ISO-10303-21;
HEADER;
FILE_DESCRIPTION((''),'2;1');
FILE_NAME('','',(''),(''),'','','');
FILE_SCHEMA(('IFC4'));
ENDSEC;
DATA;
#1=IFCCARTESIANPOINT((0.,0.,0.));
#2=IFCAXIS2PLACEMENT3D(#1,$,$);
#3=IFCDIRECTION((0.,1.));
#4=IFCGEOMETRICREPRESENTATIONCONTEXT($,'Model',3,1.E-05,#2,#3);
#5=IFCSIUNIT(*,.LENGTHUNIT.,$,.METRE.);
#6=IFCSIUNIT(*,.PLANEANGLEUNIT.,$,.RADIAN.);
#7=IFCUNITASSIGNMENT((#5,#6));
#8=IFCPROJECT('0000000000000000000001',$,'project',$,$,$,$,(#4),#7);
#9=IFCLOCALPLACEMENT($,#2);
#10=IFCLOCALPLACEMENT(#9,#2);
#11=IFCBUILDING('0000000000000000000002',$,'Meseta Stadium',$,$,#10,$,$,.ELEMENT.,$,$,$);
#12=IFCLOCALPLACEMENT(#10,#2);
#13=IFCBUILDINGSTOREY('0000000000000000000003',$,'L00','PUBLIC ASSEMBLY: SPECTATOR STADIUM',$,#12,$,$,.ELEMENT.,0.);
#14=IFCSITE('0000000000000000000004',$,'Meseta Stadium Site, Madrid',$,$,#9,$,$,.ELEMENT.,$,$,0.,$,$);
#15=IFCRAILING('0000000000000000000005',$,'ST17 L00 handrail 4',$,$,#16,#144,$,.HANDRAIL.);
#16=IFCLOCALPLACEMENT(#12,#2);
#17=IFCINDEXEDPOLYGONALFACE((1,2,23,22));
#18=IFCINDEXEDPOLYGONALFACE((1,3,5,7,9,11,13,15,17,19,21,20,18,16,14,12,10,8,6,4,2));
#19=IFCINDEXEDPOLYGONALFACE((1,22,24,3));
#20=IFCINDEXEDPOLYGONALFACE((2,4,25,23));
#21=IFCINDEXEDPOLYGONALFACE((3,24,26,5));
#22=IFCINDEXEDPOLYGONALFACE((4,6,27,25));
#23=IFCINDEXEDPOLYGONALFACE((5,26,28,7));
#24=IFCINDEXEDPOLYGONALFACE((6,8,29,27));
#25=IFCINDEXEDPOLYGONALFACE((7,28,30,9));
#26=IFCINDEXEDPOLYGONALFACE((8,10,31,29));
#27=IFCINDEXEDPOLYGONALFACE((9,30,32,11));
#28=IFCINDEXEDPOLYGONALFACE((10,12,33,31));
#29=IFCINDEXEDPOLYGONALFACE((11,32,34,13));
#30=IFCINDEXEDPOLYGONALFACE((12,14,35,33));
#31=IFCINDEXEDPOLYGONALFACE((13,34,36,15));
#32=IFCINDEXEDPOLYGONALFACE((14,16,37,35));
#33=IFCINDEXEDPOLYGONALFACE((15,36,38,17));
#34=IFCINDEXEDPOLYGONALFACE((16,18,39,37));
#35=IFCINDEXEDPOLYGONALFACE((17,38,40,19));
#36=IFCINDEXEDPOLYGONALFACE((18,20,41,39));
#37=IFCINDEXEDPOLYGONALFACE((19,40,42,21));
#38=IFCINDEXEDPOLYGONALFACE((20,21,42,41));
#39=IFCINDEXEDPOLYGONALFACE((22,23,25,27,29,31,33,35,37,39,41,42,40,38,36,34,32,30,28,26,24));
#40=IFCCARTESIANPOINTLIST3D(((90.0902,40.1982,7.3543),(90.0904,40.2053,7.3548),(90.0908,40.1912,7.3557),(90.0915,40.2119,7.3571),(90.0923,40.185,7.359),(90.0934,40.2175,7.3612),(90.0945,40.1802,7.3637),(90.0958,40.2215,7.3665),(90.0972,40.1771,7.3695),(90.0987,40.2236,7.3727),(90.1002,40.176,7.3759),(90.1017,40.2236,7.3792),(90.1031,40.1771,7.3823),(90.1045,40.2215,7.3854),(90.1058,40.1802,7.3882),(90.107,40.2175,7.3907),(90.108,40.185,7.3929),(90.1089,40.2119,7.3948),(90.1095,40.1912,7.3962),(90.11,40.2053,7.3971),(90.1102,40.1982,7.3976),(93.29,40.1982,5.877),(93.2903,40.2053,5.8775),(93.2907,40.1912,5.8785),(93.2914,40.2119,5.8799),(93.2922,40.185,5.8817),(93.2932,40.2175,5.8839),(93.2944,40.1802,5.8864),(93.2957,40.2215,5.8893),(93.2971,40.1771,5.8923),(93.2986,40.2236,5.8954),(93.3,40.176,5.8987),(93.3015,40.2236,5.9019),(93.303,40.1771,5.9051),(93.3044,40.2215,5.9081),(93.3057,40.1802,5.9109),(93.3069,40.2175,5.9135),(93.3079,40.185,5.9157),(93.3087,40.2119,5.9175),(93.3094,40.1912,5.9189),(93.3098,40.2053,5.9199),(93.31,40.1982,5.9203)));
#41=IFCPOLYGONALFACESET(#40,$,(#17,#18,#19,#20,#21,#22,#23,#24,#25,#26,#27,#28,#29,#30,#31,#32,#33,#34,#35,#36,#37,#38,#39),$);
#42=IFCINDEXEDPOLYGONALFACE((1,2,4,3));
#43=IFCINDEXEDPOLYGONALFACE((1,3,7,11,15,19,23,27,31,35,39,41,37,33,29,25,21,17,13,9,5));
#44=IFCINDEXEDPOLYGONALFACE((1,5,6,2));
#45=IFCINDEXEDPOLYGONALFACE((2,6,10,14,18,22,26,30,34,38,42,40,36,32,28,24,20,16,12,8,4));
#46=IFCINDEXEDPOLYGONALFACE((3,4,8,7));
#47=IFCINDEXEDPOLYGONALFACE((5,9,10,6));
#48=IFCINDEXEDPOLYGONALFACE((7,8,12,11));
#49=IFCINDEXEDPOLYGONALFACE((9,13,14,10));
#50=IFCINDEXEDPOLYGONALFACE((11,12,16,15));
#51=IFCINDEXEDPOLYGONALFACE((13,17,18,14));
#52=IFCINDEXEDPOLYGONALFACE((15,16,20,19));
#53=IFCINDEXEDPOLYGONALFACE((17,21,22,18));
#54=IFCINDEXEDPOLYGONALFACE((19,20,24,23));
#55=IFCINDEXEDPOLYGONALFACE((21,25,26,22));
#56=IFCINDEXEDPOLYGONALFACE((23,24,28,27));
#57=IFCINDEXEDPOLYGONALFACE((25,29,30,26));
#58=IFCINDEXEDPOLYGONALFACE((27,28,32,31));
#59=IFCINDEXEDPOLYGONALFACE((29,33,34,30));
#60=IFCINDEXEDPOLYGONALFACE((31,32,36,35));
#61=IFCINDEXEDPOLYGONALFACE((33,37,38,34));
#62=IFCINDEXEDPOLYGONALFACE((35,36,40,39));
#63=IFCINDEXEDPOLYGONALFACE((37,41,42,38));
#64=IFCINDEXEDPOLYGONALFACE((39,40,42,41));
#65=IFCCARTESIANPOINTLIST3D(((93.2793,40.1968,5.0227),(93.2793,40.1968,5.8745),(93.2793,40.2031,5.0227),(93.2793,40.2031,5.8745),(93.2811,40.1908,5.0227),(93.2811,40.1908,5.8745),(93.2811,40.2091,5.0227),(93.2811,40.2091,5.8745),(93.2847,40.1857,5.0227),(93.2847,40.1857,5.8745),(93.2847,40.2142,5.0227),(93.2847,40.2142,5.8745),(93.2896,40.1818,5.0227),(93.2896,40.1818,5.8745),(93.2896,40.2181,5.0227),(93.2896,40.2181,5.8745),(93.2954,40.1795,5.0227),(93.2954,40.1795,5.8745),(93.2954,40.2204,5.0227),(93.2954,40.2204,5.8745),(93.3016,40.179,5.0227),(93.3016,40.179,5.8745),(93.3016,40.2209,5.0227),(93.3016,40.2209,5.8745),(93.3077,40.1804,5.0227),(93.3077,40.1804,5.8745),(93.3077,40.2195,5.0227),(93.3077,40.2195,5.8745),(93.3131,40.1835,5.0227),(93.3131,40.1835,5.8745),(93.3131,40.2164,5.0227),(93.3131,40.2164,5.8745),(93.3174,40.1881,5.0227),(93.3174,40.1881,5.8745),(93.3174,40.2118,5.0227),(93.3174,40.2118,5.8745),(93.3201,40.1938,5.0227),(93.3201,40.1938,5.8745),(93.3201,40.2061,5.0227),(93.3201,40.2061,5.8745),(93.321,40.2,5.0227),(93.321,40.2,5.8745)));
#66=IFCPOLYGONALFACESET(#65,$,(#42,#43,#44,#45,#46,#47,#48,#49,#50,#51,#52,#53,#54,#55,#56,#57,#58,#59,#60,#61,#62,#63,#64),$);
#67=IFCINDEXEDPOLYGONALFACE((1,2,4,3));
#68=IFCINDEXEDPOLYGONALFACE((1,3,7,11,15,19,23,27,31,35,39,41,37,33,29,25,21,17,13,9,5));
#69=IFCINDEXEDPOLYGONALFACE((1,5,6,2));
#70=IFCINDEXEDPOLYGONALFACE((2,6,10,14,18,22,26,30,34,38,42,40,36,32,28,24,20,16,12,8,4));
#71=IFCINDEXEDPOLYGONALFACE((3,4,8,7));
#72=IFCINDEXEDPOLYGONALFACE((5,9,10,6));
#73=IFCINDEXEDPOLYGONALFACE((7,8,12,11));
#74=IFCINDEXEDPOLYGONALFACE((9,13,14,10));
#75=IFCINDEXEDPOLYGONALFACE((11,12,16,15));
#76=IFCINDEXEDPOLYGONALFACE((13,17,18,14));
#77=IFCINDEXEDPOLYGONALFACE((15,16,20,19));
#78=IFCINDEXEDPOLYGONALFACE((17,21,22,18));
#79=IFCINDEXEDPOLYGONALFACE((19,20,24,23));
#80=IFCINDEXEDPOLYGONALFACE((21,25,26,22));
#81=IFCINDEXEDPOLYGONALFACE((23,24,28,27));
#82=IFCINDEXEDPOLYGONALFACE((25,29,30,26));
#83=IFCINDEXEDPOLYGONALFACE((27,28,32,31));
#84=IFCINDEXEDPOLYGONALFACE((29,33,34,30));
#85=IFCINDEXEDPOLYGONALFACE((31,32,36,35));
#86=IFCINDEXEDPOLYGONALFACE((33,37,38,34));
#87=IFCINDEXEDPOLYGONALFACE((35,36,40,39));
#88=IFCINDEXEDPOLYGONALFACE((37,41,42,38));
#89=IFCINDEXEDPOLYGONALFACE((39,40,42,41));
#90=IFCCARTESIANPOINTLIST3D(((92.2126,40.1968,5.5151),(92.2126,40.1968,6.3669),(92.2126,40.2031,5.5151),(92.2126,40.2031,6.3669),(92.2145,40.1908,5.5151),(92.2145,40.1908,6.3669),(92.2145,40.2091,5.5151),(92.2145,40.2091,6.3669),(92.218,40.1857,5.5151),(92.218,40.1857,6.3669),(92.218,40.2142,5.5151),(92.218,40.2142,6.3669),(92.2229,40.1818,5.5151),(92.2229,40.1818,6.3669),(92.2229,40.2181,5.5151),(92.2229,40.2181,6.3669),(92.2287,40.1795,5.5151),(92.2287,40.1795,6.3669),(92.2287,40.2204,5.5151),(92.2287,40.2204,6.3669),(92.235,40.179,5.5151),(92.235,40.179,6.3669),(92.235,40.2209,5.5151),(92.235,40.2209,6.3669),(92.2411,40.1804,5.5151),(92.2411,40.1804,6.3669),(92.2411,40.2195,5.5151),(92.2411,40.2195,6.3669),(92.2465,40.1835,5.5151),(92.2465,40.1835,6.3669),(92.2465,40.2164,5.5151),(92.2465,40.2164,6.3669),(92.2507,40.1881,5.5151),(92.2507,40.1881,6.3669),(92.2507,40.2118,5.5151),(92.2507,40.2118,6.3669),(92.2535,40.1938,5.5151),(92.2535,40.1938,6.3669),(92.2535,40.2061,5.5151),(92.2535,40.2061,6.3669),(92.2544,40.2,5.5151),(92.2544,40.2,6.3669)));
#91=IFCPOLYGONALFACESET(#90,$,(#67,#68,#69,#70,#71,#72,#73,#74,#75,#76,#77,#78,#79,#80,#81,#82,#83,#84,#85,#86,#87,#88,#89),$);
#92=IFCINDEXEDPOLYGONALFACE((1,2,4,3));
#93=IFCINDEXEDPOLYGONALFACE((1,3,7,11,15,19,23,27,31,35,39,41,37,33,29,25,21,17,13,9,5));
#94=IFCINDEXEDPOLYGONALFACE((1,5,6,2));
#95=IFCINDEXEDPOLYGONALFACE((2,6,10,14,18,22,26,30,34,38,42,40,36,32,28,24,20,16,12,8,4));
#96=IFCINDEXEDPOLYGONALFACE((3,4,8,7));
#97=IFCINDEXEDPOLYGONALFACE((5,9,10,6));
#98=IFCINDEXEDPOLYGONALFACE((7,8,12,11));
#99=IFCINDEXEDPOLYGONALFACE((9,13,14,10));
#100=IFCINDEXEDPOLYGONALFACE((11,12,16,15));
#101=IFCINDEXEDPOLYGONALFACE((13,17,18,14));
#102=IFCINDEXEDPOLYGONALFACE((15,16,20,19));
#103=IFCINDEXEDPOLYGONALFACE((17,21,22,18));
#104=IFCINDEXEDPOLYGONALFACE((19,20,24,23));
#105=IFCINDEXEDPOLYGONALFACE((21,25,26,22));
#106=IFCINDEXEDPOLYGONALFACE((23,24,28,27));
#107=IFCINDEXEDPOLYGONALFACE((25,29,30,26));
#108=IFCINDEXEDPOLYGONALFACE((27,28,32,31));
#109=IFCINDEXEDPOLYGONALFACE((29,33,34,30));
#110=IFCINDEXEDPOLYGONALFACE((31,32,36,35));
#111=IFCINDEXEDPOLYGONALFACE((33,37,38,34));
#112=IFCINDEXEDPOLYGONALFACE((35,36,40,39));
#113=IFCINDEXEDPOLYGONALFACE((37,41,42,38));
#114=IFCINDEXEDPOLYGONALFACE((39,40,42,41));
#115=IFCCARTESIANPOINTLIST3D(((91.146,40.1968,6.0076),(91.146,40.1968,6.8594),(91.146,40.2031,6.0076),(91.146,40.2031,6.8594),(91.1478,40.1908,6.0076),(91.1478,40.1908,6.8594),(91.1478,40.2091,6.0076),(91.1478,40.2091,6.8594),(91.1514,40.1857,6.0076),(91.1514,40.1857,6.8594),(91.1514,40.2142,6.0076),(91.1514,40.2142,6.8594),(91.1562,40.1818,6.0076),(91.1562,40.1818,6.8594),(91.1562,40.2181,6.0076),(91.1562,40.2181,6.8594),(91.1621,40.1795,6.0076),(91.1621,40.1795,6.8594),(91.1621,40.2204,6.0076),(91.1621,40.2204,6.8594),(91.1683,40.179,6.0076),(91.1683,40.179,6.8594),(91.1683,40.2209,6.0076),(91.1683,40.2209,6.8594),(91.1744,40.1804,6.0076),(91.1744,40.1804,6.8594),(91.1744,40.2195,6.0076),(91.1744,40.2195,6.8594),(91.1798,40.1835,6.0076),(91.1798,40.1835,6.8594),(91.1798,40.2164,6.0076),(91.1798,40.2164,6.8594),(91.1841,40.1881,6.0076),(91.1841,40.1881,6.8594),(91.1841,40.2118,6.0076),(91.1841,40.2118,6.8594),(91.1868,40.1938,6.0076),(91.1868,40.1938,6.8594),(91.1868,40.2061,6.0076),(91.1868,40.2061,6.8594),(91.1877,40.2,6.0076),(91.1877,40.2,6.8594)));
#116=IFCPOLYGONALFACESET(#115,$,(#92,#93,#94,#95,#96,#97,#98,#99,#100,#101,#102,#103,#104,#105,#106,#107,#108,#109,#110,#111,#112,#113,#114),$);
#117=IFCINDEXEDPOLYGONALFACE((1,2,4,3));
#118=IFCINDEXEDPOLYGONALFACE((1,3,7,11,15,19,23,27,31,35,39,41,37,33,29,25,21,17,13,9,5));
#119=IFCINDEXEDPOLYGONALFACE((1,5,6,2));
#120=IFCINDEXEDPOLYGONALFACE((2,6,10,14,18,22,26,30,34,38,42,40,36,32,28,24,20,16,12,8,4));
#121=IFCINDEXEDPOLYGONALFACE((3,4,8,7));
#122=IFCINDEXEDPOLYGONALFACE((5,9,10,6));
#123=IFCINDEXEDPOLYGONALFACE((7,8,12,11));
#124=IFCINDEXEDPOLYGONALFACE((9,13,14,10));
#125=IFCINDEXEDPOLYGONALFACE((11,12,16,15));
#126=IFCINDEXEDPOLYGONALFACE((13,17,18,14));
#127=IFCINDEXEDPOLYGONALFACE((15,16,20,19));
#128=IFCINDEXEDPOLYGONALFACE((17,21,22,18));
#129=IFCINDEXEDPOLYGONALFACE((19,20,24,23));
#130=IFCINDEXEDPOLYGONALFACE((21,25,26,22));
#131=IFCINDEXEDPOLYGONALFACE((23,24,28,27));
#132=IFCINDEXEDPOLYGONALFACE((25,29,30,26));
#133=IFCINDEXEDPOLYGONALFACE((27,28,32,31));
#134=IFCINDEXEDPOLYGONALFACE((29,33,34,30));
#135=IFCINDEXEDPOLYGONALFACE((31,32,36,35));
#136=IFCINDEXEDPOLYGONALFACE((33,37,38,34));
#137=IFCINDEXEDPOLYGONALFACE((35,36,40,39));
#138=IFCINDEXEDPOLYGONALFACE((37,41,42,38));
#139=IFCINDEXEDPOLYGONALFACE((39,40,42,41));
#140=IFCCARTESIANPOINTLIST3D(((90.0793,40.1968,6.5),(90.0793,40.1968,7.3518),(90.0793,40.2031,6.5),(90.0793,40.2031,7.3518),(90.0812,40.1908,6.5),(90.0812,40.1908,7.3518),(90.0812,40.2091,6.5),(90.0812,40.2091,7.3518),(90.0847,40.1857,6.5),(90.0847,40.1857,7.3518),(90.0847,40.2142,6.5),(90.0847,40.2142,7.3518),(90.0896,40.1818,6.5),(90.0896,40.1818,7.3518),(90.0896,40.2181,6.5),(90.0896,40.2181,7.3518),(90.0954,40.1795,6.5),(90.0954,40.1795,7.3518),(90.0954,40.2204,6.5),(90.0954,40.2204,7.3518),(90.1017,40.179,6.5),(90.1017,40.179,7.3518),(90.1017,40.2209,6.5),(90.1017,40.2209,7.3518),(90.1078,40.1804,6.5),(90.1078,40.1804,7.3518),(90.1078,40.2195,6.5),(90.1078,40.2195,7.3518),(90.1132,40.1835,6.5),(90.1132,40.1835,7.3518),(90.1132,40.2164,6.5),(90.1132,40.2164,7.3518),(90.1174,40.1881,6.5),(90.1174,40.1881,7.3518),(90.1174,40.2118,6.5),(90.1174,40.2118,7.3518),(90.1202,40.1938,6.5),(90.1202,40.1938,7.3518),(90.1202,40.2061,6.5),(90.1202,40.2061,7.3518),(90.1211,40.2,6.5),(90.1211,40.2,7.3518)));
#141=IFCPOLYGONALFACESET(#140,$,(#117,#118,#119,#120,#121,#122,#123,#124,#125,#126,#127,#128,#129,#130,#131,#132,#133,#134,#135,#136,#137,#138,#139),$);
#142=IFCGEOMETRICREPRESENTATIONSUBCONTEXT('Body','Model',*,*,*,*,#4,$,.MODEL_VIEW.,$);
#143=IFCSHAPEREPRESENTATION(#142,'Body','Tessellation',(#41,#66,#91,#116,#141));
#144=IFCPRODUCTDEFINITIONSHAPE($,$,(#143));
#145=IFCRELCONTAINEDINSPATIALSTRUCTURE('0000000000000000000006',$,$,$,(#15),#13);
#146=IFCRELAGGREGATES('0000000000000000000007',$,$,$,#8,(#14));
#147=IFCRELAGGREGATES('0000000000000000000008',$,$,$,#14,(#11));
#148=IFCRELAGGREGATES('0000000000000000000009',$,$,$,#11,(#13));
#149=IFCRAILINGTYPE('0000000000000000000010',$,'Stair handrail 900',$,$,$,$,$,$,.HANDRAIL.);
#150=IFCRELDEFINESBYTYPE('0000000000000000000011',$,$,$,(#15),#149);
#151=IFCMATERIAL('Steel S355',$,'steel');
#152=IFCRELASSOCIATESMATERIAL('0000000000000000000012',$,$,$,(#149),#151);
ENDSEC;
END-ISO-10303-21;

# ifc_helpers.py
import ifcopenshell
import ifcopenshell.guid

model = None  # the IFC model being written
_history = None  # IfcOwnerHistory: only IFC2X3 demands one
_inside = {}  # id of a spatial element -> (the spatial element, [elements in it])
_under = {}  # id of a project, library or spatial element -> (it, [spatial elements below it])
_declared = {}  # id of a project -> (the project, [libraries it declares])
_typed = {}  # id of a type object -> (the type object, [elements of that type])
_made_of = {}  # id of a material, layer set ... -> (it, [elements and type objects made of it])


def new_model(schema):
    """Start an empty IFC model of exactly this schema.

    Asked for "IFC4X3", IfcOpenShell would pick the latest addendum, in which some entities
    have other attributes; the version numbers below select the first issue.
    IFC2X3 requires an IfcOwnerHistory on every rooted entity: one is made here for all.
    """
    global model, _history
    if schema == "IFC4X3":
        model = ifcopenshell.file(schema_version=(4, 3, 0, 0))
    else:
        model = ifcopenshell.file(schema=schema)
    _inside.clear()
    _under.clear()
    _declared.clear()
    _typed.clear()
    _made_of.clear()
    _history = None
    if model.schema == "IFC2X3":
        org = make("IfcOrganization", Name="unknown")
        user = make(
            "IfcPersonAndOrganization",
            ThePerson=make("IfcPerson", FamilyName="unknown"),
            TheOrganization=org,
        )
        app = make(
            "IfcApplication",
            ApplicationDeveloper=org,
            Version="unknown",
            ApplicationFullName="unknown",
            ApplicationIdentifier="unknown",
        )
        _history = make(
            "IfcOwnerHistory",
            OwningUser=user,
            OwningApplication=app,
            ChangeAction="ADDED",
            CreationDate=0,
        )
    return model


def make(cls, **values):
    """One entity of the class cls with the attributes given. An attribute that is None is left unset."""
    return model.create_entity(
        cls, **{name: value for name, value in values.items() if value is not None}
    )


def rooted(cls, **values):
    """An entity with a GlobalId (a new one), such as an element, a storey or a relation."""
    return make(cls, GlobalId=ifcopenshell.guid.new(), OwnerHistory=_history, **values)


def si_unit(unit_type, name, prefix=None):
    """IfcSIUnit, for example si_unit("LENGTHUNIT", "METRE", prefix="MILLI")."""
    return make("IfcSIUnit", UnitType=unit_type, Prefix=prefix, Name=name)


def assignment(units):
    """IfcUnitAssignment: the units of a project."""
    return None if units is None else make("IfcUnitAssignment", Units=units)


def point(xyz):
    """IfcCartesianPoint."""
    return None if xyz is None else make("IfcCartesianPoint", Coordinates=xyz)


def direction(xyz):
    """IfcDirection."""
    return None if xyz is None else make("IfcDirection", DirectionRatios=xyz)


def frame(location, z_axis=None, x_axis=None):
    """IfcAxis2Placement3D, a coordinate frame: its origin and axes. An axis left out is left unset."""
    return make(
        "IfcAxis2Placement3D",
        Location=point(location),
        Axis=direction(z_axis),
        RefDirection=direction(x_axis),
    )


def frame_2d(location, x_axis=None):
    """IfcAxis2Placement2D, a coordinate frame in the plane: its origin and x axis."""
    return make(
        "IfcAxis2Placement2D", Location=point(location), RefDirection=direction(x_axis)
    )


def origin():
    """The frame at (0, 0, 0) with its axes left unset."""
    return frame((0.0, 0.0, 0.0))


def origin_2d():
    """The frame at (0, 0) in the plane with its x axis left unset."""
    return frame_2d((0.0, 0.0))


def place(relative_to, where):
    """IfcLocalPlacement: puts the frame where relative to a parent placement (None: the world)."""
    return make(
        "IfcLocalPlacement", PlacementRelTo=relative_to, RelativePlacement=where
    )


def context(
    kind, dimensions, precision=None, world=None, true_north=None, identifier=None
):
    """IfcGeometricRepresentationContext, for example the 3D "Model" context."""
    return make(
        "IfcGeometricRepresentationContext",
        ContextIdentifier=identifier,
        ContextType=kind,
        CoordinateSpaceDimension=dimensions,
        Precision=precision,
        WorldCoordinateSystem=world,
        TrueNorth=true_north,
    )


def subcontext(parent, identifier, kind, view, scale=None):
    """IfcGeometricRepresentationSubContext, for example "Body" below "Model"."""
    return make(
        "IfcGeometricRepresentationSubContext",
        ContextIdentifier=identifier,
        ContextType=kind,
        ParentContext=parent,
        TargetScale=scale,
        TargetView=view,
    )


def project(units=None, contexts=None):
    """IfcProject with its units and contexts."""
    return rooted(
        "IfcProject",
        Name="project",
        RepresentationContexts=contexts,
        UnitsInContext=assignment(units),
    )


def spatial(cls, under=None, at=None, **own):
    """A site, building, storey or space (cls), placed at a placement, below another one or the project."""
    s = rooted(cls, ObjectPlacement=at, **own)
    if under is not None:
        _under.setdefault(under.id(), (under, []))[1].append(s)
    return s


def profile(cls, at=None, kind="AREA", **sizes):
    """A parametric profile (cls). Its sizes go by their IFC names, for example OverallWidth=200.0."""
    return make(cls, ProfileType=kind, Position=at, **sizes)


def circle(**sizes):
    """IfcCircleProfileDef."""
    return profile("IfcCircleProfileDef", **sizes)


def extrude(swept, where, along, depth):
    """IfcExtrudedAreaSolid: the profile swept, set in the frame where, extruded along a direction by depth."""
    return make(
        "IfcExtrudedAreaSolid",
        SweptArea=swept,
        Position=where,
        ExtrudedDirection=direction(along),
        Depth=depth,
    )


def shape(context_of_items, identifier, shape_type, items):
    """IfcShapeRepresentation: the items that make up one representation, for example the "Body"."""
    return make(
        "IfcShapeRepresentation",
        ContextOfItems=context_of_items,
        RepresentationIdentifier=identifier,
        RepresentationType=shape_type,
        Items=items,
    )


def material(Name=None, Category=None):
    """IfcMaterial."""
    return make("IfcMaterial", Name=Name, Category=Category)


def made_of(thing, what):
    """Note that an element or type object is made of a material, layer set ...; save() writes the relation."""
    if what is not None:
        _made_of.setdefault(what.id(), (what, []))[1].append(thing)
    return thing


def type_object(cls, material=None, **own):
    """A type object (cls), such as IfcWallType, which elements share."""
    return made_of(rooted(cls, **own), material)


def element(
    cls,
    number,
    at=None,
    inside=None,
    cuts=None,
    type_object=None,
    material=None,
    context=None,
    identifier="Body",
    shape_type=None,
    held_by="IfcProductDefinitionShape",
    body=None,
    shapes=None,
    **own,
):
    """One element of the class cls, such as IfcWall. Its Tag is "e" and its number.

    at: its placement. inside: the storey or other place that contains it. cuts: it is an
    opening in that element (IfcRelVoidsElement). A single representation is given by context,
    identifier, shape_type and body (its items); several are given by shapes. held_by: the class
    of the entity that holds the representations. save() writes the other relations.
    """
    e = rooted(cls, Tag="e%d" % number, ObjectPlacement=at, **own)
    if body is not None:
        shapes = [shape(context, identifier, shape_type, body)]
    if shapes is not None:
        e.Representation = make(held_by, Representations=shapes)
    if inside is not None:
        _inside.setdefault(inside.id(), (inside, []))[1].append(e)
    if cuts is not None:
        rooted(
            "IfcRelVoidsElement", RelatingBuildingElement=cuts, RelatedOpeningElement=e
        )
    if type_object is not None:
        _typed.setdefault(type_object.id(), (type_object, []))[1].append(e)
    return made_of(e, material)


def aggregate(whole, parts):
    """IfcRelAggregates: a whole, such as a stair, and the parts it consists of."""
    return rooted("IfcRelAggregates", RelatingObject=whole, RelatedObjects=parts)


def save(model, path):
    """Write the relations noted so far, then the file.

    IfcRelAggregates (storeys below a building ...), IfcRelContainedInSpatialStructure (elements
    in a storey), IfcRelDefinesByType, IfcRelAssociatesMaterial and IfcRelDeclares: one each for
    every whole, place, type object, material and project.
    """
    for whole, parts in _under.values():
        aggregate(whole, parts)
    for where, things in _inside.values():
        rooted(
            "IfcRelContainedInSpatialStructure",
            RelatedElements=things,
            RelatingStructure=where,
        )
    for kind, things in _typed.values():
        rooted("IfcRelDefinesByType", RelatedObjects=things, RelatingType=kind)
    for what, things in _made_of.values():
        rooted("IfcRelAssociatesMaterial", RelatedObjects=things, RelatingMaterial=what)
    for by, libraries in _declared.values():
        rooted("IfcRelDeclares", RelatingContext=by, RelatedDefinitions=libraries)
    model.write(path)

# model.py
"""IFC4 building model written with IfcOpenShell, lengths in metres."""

from ifc_helpers import new_model, si_unit, direction, frame, origin, origin_2d, place, context, subcontext, project, spatial, circle, extrude, material, type_object, element, save


model = new_model("IFC4")

# Units and contexts
model_context = context("Model", 3, precision=1e-05, world=origin(), true_north=direction((0.0, 1.0)))
body_context = subcontext(model_context, "Body", "Model", "MODEL_VIEW")
ifc_project = project(units=[si_unit("LENGTHUNIT", "METRE"), si_unit("PLANEANGLEUNIT", "RADIAN")], contexts=[model_context])

# Site, building, storey
site_placement = place(None, origin())
site = spatial("IfcSite", under=ifc_project, at=site_placement, Name="Meseta Stadium Site, Madrid", CompositionType="ELEMENT", RefElevation=0.0)
building_placement = place(site_placement, origin())
building = spatial("IfcBuilding", under=site, at=building_placement, Name="Meseta Stadium", CompositionType="ELEMENT")
storey_placement = place(building_placement, origin())
storey = spatial("IfcBuildingStorey", under=building, at=storey_placement, Name="L00", Description="PUBLIC ASSEMBLY: SPECTATOR STADIUM", CompositionType="ELEMENT", Elevation=0.0)

# Railing
ifc_material_1 = material(Name="Steel S355", Category="steel")
railing_type_1 = type_object("IfcRailingType", Name="Stair handrail 900", PredefinedType="HANDRAIL", material=ifc_material_1)
for number, where, name in (
    (1, (93.3, 40.2, 5.0227), "ST17 L00 handrail 4"),
):
    element("IfcRailing", number, at=place(storey_placement, frame(where)), inside=storey, type_object=railing_type_1, Name=name, PredefinedType="HANDRAIL", context=body_context, shape_type="SweptSolid", body=[
        extrude(circle(Radius=0.0239, at=origin_2d()), frame((0.0, 0.0, 0.876), z_axis=(-0.907917, 0.0, 0.41915), x_axis=(0.0, -1.0, 0.0)), (0.0, 0.0, 1.0), 3.5244),
        extrude(circle(Radius=0.021, at=origin_2d()), origin(), (0.0, 0.0, 1.0), 0.8518),
        extrude(circle(Radius=0.021, at=origin_2d()), frame((-1.0667, 0.0, 0.4924)), (0.0, 0.0, 1.0), 0.8518),
        extrude(circle(Radius=0.021, at=origin_2d()), frame((-2.1333, 0.0, 0.9849)), (0.0, 0.0, 1.0), 0.8518),
        extrude(circle(Radius=0.021, at=origin_2d()), frame((-3.2, 0.0, 1.4773)), (0.0, 0.0, 1.0), 0.8518),
    ])

save(model, "model.ifc")
